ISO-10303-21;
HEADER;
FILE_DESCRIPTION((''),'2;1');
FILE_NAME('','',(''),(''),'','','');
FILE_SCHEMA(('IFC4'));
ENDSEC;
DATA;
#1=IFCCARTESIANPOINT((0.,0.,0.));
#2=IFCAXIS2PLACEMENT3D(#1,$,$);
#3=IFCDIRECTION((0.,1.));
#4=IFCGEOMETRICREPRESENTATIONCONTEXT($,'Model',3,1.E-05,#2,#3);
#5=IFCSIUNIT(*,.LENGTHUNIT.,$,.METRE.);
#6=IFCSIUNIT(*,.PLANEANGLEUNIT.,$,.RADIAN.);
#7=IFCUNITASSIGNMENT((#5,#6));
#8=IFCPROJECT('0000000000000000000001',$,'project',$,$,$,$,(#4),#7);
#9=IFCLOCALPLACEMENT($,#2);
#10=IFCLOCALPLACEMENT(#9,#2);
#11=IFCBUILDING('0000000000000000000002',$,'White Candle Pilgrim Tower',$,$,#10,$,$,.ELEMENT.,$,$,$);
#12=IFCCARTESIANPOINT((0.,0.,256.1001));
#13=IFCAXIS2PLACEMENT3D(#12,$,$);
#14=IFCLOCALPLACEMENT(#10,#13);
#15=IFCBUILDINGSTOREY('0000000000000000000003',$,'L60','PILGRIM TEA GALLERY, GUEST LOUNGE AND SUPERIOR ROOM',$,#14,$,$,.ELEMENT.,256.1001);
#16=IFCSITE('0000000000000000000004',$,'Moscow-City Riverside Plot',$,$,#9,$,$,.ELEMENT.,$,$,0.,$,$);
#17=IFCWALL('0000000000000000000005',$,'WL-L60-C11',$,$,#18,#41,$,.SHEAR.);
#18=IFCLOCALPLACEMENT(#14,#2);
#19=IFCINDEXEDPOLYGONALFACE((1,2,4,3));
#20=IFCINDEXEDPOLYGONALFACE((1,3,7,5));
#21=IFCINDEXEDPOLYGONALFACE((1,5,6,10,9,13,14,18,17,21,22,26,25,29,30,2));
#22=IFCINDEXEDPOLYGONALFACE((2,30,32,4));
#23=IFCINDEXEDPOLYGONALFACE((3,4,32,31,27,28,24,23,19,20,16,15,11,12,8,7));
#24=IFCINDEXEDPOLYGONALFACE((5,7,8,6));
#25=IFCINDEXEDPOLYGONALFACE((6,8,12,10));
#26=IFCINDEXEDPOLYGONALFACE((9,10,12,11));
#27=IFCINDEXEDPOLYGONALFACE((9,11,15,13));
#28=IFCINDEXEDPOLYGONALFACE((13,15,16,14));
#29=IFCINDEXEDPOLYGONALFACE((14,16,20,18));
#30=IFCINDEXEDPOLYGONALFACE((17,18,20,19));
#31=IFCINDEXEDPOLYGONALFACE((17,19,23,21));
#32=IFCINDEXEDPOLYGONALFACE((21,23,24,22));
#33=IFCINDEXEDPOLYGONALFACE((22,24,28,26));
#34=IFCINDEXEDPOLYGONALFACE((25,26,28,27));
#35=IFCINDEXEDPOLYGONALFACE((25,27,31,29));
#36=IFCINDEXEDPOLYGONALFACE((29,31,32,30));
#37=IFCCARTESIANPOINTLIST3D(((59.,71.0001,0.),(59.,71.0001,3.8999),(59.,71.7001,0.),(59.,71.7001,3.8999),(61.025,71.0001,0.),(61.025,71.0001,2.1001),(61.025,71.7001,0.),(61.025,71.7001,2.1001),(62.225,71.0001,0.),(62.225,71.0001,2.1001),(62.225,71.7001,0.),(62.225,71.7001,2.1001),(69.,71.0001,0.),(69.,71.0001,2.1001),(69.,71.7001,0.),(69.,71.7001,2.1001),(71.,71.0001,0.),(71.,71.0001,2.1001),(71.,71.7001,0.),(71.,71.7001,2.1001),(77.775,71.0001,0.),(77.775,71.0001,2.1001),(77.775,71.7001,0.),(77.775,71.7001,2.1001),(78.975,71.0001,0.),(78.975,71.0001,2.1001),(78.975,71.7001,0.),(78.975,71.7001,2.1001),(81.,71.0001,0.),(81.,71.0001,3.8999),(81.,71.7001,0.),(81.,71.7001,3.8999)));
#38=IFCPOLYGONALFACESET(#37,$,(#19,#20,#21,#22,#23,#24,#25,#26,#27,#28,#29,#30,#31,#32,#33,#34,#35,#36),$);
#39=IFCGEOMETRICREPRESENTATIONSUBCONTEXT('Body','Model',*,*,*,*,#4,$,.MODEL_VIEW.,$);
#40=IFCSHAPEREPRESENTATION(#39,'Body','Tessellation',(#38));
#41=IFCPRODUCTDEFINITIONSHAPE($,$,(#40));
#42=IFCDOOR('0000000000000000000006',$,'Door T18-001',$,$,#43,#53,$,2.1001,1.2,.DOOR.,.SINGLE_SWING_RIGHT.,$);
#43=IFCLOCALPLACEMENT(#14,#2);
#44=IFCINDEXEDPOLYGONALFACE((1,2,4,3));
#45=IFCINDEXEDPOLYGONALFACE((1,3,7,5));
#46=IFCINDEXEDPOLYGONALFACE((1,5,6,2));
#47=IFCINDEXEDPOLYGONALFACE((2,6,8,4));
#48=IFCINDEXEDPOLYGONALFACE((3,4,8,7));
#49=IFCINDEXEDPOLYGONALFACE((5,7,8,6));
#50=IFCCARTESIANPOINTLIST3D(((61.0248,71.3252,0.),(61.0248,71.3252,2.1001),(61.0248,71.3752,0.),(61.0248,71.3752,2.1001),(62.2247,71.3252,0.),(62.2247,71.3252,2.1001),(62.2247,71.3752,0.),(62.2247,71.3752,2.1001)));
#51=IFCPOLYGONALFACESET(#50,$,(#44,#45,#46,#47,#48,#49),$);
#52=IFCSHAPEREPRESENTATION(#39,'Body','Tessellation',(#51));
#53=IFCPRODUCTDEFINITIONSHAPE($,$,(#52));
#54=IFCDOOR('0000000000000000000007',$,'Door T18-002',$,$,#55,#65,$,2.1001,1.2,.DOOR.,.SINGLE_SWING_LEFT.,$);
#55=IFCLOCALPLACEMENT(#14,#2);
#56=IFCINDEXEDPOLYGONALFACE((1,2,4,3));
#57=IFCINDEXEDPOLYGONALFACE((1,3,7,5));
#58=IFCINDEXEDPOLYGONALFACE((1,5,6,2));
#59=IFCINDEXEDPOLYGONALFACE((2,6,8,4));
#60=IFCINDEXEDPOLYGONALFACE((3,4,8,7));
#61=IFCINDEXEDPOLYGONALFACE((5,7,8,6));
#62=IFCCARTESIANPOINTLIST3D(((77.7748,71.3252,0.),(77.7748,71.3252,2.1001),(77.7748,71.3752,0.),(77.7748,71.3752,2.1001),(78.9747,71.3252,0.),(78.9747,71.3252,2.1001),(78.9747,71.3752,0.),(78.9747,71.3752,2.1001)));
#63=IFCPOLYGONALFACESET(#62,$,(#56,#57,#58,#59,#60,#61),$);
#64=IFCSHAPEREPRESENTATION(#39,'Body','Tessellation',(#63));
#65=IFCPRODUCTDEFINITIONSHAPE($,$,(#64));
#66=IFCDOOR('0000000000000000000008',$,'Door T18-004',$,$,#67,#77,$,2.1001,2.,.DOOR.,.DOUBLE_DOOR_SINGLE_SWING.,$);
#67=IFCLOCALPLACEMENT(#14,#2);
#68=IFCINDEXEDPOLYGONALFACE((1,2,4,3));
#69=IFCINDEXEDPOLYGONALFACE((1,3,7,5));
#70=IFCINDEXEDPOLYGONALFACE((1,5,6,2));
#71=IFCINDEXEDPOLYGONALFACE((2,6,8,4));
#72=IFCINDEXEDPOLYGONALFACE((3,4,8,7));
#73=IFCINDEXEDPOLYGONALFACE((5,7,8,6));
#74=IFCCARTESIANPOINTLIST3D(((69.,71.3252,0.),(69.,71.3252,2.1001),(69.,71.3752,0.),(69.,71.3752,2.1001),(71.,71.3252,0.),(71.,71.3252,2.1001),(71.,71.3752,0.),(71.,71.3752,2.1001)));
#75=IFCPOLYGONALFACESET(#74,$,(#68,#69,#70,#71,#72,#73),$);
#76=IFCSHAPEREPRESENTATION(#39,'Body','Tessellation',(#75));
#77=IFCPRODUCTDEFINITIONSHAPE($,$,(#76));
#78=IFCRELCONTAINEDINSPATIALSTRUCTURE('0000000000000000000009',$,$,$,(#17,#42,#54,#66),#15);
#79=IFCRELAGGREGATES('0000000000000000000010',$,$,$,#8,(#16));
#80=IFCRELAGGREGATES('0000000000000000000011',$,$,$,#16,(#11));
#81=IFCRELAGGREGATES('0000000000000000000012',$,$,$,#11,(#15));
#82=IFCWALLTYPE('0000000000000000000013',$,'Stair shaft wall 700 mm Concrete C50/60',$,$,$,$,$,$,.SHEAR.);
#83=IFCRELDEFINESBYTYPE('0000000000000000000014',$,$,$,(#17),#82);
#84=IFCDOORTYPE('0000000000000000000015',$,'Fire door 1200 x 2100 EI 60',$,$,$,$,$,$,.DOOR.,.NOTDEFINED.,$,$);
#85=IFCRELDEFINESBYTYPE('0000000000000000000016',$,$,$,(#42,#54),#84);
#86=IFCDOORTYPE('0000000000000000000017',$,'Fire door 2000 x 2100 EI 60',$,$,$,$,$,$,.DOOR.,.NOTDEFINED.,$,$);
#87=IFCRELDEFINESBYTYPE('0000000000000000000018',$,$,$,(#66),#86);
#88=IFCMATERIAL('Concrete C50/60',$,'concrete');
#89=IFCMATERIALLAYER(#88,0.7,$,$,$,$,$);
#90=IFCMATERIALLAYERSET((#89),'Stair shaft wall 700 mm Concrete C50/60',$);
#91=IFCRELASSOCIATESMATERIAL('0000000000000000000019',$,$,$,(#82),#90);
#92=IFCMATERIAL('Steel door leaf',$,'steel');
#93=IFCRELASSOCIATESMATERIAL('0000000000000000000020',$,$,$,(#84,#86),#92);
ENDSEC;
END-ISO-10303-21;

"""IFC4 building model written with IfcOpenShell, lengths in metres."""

from ifc_helpers import new_model, si_unit, direction, frame, frame_2d, origin, place, context, subcontext, project, spatial, rectangle, extrude, material, layer, layer_set, type_object, element, fill, save


model = new_model("IFC4")

# Units and contexts
model_context = context("Model", 3, precision=1e-05, world=origin(), true_north=direction((0.0, 1.0)))
body_context = subcontext(model_context, "Body", "Model", "MODEL_VIEW")
ifc_project = project(units=[si_unit("LENGTHUNIT", "METRE"), si_unit("PLANEANGLEUNIT", "RADIAN")], contexts=[model_context])

# Site, building, storey
site_placement = place(None, origin())
site = spatial("IfcSite", under=ifc_project, at=site_placement, Name="Moscow-City Riverside Plot", CompositionType="ELEMENT", RefElevation=0.0)
building_placement = place(site_placement, origin())
building = spatial("IfcBuilding", under=site, at=building_placement, Name="White Candle Pilgrim Tower", CompositionType="ELEMENT")
storey_placement = place(building_placement, frame((0.0, 0.0, 256.1001)))
storey = spatial("IfcBuildingStorey", under=building, at=storey_placement, Name="L60", Description="PILGRIM TEA GALLERY, GUEST LOUNGE AND SUPERIOR ROOM", CompositionType="ELEMENT", Elevation=256.1001)

# Shared definitions
ifc_material_1 = material(Name="Concrete C50/60", Category="concrete")

# Shared definitions
ifc_material_2 = material(Name="Steel door leaf", Category="steel")

# Wall, openings, doors
ifc_layer_1 = layer(ifc_material_1, 0.7)
ifc_layer_set_1 = layer_set([ifc_layer_1], Name="Stair shaft wall 700 mm Concrete C50/60")
wall_type_1 = type_object("IfcWallType", Name="Stair shaft wall 700 mm Concrete C50/60", PredefinedType="SHEAR", material=ifc_layer_set_1)
wall_1_placement = place(storey_placement, frame((59.0, 71.3501, 0.0), z_axis=(0.0, 0.0, 1.0), x_axis=(1.0, 0.0, 0.0)))
wall_1 = element("IfcWall", 1, at=wall_1_placement, inside=storey, type_object=wall_type_1, Name="WL-L60-C11", PredefinedType="SHEAR", context=body_context, shape_type="SweptSolid", body=[
    extrude(rectangle(XDim=22.0, YDim=0.7, at=frame_2d((11.0, 0.0))), origin(), (0.0, 0.0, 1.0), 3.8999),
])
opening_1_placement = place(wall_1_placement, frame((2.0249, 0.0, 0.0)))
opening_1 = element("IfcOpeningElement", 2, at=opening_1_placement, cuts=wall_1, PredefinedType="OPENING", context=body_context, shape_type="SweptSolid", body=[
    extrude(rectangle(XDim=1.2, YDim=2.1001, at=frame_2d((0.6001, 1.05))), frame((0.0, 0.3599, 0.0), z_axis=(0.0, -1.0, 0.0), x_axis=(1.0, 0.0, 0.0)), (0.0, 0.0, 1.0), 0.72),
])
opening_2_placement = place(wall_1_placement, frame((18.7749, 0.0, 0.0)))
opening_2 = element("IfcOpeningElement", 3, at=opening_2_placement, cuts=wall_1, PredefinedType="OPENING", context=body_context, shape_type="SweptSolid", body=[
    extrude(rectangle(XDim=1.2, YDim=2.1001, at=frame_2d((0.6001, 1.05))), frame((0.0, 0.3599, 0.0), z_axis=(0.0, -1.0, 0.0), x_axis=(1.0, 0.0, 0.0)), (0.0, 0.0, 1.0), 0.72),
])
opening_3_placement = place(wall_1_placement, frame((10.0, 0.0, 0.0)))
opening_3 = element("IfcOpeningElement", 4, at=opening_3_placement, cuts=wall_1, PredefinedType="OPENING", context=body_context, shape_type="SweptSolid", body=[
    extrude(rectangle(XDim=2.0, YDim=2.1001, at=frame_2d((1.0, 1.05))), frame((0.0, 0.3599, 0.0), z_axis=(0.0, -1.0, 0.0), x_axis=(1.0, 0.0, 0.0)), (0.0, 0.0, 1.0), 0.72),
])
door_type_1 = type_object("IfcDoorType", Name="Fire door 1200 x 2100 EI 60", OperationType="NOTDEFINED", PredefinedType="DOOR", material=ifc_material_2)
door_1_placement = place(opening_1_placement, frame((1.2, 0.0, 0.0), z_axis=(0.0, 0.0, 1.0), x_axis=(-1.0, 0.0, 0.0)))
door_1 = element("IfcDoor", 5, at=door_1_placement, inside=storey, type_object=door_type_1, Name="Door T18-001", OperationType="SINGLE_SWING_RIGHT", OverallHeight=2.1001, OverallWidth=1.2, PredefinedType="DOOR", context=body_context, shape_type="SweptSolid", body=[
    extrude(rectangle(XDim=1.2, YDim=2.1001, at=frame_2d((0.6001, 1.05))), frame((0.0, 0.0249, 0.0), z_axis=(0.0, -1.0, 0.0), x_axis=(1.0, 0.0, 0.0)), (0.0, 0.0, 1.0), 0.05),
])
fill(opening_1, door_1)
door_2_placement = place(opening_2_placement, frame((1.2, 0.0, 0.0), z_axis=(0.0, 0.0, 1.0), x_axis=(-1.0, 0.0, 0.0)))
door_2 = element("IfcDoor", 6, at=door_2_placement, inside=storey, type_object=door_type_1, Name="Door T18-002", OperationType="SINGLE_SWING_LEFT", OverallHeight=2.1001, OverallWidth=1.2, PredefinedType="DOOR", context=body_context, shape_type="SweptSolid", body=[
    extrude(rectangle(XDim=1.2, YDim=2.1001, at=frame_2d((0.6001, 1.05))), frame((0.0, 0.0249, 0.0), z_axis=(0.0, -1.0, 0.0), x_axis=(1.0, 0.0, 0.0)), (0.0, 0.0, 1.0), 0.05),
])
fill(opening_2, door_2)
door_type_2 = type_object("IfcDoorType", Name="Fire door 2000 x 2100 EI 60", OperationType="NOTDEFINED", PredefinedType="DOOR", material=ifc_material_2)
door_3_placement = place(opening_3_placement, frame((2.0, 0.0, 0.0), z_axis=(0.0, 0.0, 1.0), x_axis=(-1.0, 0.0, 0.0)))
door_3 = element("IfcDoor", 7, at=door_3_placement, inside=storey, type_object=door_type_2, Name="Door T18-004", OperationType="DOUBLE_DOOR_SINGLE_SWING", OverallHeight=2.1001, OverallWidth=2.0, PredefinedType="DOOR", context=body_context, shape_type="SweptSolid", body=[
    extrude(rectangle(XDim=2.0, YDim=2.1001, at=frame_2d((1.0, 1.05))), frame((0.0, 0.0249, 0.0), z_axis=(0.0, -1.0, 0.0), x_axis=(1.0, 0.0, 0.0)), (0.0, 0.0, 1.0), 0.05),
])
fill(opening_3, door_3)

save(model, "model.ifc")
